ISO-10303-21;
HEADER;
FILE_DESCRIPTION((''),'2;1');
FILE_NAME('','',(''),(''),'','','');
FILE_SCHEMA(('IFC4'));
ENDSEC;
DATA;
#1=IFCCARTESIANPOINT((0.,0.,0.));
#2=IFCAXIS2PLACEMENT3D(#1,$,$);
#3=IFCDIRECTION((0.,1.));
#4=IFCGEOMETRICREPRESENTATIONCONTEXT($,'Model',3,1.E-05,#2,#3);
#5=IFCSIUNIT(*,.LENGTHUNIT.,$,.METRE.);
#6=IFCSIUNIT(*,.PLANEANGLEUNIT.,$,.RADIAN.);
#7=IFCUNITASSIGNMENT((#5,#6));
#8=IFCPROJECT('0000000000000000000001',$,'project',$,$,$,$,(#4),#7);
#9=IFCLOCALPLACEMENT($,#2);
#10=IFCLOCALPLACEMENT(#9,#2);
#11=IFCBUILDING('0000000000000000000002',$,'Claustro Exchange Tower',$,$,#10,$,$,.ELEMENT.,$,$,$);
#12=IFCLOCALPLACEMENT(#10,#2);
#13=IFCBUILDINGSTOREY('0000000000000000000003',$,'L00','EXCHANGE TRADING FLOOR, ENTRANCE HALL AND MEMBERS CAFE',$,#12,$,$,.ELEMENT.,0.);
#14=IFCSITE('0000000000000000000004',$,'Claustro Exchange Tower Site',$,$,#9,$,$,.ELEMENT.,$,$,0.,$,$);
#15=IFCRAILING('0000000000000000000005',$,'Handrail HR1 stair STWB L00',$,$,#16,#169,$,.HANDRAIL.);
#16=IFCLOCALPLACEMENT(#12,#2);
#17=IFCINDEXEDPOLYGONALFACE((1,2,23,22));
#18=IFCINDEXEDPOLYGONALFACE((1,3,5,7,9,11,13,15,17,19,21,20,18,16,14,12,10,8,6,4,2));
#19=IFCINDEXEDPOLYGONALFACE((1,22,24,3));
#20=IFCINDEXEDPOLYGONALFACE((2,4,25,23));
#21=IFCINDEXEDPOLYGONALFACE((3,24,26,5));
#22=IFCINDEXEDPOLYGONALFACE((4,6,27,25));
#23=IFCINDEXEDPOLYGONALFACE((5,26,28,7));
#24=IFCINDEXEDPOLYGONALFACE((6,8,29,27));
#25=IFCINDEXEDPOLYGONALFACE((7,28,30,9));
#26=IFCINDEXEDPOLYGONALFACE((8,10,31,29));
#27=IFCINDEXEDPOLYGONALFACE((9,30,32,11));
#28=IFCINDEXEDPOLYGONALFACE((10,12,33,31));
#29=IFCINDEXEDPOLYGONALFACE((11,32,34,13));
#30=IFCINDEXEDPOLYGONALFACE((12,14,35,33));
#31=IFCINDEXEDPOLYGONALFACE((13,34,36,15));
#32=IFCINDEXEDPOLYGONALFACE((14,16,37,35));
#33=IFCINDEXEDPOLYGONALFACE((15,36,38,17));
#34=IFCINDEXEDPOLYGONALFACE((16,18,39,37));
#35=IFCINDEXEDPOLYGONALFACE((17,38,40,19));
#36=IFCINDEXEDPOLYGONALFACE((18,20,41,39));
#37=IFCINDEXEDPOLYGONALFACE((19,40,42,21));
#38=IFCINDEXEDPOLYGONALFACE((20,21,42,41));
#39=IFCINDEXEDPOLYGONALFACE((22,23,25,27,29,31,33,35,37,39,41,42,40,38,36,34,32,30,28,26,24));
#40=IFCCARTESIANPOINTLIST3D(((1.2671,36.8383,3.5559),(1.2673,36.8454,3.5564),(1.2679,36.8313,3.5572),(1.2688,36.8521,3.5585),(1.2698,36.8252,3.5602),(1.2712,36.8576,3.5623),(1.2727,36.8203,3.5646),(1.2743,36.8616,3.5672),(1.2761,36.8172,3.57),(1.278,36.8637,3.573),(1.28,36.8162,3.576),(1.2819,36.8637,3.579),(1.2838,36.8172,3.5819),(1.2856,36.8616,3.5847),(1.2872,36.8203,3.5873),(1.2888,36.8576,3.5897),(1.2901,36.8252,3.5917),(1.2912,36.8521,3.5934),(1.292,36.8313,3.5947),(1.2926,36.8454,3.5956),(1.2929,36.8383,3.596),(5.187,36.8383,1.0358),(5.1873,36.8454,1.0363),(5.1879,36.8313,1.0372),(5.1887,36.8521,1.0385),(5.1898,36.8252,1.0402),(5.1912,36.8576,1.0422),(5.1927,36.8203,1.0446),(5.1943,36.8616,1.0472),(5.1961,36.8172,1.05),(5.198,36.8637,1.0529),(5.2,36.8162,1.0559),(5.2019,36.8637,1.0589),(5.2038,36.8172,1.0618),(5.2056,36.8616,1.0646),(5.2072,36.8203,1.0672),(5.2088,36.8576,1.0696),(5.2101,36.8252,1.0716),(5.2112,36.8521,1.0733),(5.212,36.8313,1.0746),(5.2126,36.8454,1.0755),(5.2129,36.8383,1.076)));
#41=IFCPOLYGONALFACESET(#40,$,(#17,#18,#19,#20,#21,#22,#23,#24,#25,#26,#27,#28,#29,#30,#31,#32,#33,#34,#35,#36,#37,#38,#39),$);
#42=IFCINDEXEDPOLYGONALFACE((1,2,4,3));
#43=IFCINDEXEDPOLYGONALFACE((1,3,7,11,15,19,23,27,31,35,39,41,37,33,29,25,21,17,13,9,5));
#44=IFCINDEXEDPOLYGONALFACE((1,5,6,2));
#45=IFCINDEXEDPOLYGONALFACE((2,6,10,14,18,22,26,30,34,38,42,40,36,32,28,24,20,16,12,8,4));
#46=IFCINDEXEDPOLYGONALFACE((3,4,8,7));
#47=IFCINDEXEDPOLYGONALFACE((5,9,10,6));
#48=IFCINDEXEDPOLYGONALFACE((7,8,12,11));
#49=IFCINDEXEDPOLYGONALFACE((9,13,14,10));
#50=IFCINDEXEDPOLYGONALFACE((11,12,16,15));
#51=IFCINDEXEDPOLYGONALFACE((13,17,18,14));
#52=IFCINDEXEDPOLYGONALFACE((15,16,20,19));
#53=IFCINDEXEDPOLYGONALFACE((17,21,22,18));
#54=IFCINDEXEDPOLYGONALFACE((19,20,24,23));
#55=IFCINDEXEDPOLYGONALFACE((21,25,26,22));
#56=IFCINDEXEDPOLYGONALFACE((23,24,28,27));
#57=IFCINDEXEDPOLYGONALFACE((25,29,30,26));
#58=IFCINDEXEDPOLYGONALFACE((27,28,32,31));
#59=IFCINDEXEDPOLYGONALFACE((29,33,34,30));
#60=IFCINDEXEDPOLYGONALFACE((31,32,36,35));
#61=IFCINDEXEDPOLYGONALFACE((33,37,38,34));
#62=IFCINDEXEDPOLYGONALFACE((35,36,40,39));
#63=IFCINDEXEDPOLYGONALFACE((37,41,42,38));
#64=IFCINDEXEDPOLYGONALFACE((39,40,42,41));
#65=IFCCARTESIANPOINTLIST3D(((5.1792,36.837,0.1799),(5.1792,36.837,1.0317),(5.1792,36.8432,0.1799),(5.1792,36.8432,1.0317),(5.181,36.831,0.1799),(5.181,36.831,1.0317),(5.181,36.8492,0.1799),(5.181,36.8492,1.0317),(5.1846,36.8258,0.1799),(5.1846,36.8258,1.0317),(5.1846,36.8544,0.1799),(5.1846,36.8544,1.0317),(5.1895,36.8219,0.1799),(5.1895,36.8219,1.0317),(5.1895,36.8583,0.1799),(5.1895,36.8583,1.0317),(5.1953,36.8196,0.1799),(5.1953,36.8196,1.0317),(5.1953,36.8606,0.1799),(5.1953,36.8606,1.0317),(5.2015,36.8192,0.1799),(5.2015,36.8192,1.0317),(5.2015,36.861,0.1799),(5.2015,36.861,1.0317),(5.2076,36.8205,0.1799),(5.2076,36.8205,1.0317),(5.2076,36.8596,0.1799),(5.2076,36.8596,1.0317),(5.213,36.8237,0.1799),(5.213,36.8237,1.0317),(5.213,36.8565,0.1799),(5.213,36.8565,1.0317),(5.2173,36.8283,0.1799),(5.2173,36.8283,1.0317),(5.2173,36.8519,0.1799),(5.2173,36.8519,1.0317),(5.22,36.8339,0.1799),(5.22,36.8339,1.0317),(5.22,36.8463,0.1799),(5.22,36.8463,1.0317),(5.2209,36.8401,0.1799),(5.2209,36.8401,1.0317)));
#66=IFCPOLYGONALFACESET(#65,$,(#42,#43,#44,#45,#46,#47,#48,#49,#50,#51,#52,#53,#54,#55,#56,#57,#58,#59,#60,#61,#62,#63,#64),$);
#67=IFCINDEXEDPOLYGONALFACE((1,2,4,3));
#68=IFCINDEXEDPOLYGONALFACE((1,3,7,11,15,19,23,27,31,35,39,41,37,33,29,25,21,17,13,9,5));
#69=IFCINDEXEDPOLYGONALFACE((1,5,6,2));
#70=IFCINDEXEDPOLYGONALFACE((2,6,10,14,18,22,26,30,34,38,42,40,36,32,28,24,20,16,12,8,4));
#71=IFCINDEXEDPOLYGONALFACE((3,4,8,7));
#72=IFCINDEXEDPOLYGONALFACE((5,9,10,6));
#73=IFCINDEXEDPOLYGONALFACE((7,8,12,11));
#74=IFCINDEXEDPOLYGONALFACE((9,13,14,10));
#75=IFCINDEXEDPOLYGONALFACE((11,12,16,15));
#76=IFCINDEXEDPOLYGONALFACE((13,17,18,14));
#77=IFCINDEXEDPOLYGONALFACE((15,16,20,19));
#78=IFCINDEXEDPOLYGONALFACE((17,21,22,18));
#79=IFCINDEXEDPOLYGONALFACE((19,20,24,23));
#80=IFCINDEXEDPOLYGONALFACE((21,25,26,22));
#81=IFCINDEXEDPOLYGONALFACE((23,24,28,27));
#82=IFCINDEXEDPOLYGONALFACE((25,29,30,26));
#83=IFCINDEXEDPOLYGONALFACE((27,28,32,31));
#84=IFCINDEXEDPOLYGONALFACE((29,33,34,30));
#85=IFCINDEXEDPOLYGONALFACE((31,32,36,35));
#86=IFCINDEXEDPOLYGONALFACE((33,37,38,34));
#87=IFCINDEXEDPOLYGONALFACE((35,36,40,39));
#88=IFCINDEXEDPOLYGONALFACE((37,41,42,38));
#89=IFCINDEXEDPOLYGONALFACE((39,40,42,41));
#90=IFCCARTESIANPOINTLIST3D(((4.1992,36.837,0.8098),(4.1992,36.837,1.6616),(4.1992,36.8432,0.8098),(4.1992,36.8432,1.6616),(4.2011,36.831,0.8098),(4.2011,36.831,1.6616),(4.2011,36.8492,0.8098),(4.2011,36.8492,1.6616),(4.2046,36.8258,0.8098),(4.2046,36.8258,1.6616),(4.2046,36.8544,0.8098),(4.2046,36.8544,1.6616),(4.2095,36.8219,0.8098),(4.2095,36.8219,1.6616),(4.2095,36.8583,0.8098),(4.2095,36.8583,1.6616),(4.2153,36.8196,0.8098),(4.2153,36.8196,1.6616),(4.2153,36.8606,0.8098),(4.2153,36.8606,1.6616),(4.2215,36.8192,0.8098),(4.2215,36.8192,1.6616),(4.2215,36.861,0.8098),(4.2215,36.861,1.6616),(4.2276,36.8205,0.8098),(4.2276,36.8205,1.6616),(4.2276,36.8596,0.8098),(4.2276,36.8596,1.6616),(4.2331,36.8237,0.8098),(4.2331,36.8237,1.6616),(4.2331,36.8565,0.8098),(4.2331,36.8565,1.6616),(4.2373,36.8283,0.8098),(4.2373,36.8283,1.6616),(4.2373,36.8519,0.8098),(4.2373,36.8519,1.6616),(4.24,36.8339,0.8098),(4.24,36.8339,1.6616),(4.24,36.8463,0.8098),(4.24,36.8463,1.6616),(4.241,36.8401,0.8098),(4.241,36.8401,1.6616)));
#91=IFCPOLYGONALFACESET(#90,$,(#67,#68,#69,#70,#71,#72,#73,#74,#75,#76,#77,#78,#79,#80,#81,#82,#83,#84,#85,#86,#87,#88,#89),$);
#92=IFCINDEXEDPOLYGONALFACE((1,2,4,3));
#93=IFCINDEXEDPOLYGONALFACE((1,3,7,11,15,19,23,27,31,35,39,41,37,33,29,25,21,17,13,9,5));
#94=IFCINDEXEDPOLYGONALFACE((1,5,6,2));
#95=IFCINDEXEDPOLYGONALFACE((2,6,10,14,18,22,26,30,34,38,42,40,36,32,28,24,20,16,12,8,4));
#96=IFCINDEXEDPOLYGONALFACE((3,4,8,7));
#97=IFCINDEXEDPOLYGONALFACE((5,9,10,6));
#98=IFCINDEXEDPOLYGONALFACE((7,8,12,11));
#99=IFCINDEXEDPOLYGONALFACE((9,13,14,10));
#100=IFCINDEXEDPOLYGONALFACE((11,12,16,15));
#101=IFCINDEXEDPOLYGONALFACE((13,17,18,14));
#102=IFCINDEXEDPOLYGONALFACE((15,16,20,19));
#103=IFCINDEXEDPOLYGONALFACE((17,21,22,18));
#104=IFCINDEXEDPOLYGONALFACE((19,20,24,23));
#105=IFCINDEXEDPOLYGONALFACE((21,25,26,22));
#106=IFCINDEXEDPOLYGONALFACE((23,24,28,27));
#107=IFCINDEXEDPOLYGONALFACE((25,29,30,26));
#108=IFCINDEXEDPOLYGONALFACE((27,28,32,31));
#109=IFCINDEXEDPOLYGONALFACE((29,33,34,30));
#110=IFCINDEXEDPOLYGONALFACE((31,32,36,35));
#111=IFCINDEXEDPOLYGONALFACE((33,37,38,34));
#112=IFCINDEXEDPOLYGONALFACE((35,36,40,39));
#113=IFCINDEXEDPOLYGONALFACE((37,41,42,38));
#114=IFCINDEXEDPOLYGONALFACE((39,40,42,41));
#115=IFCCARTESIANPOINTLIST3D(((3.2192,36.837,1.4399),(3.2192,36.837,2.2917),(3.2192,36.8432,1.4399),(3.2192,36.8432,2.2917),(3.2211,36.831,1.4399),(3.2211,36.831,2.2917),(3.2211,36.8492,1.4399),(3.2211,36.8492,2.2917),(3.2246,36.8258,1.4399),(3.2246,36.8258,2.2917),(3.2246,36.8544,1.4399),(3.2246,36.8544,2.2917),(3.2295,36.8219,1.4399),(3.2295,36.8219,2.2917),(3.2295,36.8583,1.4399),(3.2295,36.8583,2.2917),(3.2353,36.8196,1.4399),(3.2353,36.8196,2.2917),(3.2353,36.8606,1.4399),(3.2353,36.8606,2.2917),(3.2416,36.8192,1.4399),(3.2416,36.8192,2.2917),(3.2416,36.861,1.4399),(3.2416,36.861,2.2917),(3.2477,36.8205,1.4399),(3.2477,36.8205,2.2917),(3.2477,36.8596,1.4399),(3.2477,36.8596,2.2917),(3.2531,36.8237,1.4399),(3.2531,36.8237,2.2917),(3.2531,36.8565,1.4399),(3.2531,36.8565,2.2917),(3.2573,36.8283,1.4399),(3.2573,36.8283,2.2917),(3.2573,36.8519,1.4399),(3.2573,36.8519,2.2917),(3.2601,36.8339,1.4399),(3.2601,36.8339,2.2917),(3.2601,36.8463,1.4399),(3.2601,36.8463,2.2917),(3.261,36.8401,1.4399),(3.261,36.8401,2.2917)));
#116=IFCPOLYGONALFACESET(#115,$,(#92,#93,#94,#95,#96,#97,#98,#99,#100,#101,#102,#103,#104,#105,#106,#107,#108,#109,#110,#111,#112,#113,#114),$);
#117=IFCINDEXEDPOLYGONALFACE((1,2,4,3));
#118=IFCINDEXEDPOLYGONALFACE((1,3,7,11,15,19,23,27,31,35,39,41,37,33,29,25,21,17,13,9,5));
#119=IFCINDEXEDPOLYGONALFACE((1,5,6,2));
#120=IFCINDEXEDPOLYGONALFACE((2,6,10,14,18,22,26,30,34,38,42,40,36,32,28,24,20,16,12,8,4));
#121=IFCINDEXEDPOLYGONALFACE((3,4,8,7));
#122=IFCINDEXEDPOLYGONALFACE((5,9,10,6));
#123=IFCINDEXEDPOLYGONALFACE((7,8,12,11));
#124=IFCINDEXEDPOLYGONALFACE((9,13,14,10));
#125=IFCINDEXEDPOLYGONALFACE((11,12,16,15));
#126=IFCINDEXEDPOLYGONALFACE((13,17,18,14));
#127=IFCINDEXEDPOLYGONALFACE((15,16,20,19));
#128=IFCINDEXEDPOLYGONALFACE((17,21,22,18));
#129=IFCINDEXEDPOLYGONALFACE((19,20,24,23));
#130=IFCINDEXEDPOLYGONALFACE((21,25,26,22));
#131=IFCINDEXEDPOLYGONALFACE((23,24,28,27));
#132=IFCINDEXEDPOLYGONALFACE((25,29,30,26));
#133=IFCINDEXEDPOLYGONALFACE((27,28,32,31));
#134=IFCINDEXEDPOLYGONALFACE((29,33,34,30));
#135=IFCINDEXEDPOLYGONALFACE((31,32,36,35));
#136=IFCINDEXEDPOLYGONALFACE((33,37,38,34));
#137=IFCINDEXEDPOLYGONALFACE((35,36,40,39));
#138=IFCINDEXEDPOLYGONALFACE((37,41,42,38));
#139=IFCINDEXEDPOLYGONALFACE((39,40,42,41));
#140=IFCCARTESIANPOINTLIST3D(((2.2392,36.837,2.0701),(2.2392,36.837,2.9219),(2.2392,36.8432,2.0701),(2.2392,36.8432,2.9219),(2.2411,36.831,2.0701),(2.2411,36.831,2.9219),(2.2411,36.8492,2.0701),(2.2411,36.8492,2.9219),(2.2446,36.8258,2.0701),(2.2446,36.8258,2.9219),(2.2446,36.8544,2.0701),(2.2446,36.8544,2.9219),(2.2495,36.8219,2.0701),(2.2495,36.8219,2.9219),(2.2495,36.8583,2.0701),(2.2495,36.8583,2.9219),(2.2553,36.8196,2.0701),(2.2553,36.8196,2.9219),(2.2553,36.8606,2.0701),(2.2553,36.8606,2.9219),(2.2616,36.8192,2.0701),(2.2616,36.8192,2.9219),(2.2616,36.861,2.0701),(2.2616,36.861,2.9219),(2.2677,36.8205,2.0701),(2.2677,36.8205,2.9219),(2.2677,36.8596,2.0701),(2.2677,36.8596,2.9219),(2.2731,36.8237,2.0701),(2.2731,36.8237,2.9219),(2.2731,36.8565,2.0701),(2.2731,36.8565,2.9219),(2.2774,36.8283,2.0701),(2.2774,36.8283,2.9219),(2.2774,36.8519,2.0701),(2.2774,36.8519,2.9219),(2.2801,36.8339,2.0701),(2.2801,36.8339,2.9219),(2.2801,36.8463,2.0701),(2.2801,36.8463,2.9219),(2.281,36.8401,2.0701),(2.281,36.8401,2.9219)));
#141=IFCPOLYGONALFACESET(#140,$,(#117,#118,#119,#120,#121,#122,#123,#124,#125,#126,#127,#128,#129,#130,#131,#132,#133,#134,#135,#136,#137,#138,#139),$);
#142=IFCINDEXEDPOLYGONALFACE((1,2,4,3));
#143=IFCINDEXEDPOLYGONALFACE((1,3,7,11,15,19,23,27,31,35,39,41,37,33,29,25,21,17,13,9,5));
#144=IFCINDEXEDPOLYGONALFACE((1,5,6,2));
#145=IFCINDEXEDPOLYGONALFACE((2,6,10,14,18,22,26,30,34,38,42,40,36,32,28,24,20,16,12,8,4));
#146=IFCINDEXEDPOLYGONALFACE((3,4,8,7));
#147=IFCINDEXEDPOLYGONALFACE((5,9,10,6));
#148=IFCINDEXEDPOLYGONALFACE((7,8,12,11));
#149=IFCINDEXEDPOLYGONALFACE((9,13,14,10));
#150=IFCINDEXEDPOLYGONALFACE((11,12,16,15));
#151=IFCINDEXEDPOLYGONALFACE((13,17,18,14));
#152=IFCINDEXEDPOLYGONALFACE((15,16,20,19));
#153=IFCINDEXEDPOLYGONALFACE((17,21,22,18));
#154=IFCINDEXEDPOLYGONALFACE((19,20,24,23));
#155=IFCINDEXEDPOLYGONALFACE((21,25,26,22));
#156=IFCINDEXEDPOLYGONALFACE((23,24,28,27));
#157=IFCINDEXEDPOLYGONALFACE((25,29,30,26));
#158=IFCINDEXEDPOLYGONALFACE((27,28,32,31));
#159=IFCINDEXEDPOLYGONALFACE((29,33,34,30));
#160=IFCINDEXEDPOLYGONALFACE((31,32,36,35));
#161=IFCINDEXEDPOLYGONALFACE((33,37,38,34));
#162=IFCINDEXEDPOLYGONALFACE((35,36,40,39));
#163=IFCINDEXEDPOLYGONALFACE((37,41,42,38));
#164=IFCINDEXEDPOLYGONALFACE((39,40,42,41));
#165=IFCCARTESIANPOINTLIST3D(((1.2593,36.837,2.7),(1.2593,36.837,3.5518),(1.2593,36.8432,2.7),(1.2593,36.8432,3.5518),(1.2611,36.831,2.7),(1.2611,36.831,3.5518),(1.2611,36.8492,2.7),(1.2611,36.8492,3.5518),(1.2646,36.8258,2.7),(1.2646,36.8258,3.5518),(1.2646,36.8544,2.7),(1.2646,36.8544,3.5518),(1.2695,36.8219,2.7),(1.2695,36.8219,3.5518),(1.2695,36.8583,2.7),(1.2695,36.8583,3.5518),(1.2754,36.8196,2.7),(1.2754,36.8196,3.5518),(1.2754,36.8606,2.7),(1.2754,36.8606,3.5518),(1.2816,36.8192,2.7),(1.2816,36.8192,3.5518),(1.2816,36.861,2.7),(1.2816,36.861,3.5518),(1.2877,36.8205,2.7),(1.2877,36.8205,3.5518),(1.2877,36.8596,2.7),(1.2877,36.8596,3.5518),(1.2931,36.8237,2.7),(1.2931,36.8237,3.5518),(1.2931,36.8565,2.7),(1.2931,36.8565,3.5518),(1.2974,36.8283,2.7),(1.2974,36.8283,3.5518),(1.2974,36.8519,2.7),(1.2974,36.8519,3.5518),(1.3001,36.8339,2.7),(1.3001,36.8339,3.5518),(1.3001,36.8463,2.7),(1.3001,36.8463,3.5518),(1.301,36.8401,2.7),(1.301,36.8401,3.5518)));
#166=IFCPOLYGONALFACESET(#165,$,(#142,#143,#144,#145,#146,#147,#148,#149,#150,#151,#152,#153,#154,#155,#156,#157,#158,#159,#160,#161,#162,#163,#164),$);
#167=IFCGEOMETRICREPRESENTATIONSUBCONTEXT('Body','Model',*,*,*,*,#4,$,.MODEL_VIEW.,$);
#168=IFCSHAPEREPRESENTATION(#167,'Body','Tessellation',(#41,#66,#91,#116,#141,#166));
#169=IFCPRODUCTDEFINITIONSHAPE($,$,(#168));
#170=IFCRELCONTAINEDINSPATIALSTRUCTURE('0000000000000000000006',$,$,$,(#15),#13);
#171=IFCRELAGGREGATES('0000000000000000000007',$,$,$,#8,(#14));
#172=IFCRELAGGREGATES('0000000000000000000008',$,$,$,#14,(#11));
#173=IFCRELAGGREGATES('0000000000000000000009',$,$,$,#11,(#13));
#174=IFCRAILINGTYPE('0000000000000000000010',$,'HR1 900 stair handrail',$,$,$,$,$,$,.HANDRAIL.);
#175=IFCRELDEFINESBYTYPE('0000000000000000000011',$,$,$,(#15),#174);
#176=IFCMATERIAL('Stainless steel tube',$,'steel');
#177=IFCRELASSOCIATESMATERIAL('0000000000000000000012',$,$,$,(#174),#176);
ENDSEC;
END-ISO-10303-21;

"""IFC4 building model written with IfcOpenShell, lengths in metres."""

from ifc_helpers import new_model, si_unit, direction, frame, origin, origin_2d, place, context, subcontext, project, spatial, circle, extrude, material, type_object, element, save


model = new_model("IFC4")

# Units and contexts
model_context = context("Model", 3, precision=1e-05, world=origin(), true_north=direction((0.0, 1.0)))
body_context = subcontext(model_context, "Body", "Model", "MODEL_VIEW")
ifc_project = project(units=[si_unit("LENGTHUNIT", "METRE"), si_unit("PLANEANGLEUNIT", "RADIAN")], contexts=[model_context])

# Site, building, storey
site_placement = place(None, origin())
site = spatial("IfcSite", under=ifc_project, at=site_placement, Name="Claustro Exchange Tower Site", CompositionType="ELEMENT", RefElevation=0.0)
building_placement = place(site_placement, origin())
building = spatial("IfcBuilding", under=site, at=building_placement, Name="Claustro Exchange Tower", CompositionType="ELEMENT")
storey_placement = place(building_placement, origin())
storey = spatial("IfcBuildingStorey", under=building, at=storey_placement, Name="L00", Description="EXCHANGE TRADING FLOOR, ENTRANCE HALL AND MEMBERS CAFE", CompositionType="ELEMENT", Elevation=0.0)

# Railing
ifc_material_1 = material(Name="Stainless steel tube", Category="steel")
railing_type_1 = type_object("IfcRailingType", Name="HR1 900 stair handrail", PredefinedType="HANDRAIL", material=ifc_material_1)
railing_1_placement = place(storey_placement, frame((5.2, 36.8401, 0.1799)))
element("IfcRailing", 1, at=railing_1_placement, inside=storey, type_object=railing_type_1, Name="Handrail HR1 stair STWB L00", PredefinedType="HANDRAIL", context=body_context, shape_type="SweptSolid", body=[
    extrude(circle(Radius=0.0239, at=origin_2d()), frame((0.0, 0.0, 0.876), z_axis=(-0.841172, 0.0, 0.540768), x_axis=(0.0, -1.0, 0.0)), (0.0, 0.0, 1.0), 4.6602),
    extrude(circle(Radius=0.021, at=origin_2d()), origin(), (0.0, 0.0, 1.0), 0.8518),
    extrude(circle(Radius=0.021, at=origin_2d()), frame((-0.98, 0.0, 0.6299)), (0.0, 0.0, 1.0), 0.8518),
    extrude(circle(Radius=0.021, at=origin_2d()), frame((-1.96, 0.0, 1.26)), (0.0, 0.0, 1.0), 0.8518),
    extrude(circle(Radius=0.021, at=origin_2d()), frame((-2.9399, 0.0, 1.8901)), (0.0, 0.0, 1.0), 0.8518),
    extrude(circle(Radius=0.021, at=origin_2d()), frame((-3.9199, 0.0, 2.52)), (0.0, 0.0, 1.0), 0.8518),
])

save(model, "model.ifc")
